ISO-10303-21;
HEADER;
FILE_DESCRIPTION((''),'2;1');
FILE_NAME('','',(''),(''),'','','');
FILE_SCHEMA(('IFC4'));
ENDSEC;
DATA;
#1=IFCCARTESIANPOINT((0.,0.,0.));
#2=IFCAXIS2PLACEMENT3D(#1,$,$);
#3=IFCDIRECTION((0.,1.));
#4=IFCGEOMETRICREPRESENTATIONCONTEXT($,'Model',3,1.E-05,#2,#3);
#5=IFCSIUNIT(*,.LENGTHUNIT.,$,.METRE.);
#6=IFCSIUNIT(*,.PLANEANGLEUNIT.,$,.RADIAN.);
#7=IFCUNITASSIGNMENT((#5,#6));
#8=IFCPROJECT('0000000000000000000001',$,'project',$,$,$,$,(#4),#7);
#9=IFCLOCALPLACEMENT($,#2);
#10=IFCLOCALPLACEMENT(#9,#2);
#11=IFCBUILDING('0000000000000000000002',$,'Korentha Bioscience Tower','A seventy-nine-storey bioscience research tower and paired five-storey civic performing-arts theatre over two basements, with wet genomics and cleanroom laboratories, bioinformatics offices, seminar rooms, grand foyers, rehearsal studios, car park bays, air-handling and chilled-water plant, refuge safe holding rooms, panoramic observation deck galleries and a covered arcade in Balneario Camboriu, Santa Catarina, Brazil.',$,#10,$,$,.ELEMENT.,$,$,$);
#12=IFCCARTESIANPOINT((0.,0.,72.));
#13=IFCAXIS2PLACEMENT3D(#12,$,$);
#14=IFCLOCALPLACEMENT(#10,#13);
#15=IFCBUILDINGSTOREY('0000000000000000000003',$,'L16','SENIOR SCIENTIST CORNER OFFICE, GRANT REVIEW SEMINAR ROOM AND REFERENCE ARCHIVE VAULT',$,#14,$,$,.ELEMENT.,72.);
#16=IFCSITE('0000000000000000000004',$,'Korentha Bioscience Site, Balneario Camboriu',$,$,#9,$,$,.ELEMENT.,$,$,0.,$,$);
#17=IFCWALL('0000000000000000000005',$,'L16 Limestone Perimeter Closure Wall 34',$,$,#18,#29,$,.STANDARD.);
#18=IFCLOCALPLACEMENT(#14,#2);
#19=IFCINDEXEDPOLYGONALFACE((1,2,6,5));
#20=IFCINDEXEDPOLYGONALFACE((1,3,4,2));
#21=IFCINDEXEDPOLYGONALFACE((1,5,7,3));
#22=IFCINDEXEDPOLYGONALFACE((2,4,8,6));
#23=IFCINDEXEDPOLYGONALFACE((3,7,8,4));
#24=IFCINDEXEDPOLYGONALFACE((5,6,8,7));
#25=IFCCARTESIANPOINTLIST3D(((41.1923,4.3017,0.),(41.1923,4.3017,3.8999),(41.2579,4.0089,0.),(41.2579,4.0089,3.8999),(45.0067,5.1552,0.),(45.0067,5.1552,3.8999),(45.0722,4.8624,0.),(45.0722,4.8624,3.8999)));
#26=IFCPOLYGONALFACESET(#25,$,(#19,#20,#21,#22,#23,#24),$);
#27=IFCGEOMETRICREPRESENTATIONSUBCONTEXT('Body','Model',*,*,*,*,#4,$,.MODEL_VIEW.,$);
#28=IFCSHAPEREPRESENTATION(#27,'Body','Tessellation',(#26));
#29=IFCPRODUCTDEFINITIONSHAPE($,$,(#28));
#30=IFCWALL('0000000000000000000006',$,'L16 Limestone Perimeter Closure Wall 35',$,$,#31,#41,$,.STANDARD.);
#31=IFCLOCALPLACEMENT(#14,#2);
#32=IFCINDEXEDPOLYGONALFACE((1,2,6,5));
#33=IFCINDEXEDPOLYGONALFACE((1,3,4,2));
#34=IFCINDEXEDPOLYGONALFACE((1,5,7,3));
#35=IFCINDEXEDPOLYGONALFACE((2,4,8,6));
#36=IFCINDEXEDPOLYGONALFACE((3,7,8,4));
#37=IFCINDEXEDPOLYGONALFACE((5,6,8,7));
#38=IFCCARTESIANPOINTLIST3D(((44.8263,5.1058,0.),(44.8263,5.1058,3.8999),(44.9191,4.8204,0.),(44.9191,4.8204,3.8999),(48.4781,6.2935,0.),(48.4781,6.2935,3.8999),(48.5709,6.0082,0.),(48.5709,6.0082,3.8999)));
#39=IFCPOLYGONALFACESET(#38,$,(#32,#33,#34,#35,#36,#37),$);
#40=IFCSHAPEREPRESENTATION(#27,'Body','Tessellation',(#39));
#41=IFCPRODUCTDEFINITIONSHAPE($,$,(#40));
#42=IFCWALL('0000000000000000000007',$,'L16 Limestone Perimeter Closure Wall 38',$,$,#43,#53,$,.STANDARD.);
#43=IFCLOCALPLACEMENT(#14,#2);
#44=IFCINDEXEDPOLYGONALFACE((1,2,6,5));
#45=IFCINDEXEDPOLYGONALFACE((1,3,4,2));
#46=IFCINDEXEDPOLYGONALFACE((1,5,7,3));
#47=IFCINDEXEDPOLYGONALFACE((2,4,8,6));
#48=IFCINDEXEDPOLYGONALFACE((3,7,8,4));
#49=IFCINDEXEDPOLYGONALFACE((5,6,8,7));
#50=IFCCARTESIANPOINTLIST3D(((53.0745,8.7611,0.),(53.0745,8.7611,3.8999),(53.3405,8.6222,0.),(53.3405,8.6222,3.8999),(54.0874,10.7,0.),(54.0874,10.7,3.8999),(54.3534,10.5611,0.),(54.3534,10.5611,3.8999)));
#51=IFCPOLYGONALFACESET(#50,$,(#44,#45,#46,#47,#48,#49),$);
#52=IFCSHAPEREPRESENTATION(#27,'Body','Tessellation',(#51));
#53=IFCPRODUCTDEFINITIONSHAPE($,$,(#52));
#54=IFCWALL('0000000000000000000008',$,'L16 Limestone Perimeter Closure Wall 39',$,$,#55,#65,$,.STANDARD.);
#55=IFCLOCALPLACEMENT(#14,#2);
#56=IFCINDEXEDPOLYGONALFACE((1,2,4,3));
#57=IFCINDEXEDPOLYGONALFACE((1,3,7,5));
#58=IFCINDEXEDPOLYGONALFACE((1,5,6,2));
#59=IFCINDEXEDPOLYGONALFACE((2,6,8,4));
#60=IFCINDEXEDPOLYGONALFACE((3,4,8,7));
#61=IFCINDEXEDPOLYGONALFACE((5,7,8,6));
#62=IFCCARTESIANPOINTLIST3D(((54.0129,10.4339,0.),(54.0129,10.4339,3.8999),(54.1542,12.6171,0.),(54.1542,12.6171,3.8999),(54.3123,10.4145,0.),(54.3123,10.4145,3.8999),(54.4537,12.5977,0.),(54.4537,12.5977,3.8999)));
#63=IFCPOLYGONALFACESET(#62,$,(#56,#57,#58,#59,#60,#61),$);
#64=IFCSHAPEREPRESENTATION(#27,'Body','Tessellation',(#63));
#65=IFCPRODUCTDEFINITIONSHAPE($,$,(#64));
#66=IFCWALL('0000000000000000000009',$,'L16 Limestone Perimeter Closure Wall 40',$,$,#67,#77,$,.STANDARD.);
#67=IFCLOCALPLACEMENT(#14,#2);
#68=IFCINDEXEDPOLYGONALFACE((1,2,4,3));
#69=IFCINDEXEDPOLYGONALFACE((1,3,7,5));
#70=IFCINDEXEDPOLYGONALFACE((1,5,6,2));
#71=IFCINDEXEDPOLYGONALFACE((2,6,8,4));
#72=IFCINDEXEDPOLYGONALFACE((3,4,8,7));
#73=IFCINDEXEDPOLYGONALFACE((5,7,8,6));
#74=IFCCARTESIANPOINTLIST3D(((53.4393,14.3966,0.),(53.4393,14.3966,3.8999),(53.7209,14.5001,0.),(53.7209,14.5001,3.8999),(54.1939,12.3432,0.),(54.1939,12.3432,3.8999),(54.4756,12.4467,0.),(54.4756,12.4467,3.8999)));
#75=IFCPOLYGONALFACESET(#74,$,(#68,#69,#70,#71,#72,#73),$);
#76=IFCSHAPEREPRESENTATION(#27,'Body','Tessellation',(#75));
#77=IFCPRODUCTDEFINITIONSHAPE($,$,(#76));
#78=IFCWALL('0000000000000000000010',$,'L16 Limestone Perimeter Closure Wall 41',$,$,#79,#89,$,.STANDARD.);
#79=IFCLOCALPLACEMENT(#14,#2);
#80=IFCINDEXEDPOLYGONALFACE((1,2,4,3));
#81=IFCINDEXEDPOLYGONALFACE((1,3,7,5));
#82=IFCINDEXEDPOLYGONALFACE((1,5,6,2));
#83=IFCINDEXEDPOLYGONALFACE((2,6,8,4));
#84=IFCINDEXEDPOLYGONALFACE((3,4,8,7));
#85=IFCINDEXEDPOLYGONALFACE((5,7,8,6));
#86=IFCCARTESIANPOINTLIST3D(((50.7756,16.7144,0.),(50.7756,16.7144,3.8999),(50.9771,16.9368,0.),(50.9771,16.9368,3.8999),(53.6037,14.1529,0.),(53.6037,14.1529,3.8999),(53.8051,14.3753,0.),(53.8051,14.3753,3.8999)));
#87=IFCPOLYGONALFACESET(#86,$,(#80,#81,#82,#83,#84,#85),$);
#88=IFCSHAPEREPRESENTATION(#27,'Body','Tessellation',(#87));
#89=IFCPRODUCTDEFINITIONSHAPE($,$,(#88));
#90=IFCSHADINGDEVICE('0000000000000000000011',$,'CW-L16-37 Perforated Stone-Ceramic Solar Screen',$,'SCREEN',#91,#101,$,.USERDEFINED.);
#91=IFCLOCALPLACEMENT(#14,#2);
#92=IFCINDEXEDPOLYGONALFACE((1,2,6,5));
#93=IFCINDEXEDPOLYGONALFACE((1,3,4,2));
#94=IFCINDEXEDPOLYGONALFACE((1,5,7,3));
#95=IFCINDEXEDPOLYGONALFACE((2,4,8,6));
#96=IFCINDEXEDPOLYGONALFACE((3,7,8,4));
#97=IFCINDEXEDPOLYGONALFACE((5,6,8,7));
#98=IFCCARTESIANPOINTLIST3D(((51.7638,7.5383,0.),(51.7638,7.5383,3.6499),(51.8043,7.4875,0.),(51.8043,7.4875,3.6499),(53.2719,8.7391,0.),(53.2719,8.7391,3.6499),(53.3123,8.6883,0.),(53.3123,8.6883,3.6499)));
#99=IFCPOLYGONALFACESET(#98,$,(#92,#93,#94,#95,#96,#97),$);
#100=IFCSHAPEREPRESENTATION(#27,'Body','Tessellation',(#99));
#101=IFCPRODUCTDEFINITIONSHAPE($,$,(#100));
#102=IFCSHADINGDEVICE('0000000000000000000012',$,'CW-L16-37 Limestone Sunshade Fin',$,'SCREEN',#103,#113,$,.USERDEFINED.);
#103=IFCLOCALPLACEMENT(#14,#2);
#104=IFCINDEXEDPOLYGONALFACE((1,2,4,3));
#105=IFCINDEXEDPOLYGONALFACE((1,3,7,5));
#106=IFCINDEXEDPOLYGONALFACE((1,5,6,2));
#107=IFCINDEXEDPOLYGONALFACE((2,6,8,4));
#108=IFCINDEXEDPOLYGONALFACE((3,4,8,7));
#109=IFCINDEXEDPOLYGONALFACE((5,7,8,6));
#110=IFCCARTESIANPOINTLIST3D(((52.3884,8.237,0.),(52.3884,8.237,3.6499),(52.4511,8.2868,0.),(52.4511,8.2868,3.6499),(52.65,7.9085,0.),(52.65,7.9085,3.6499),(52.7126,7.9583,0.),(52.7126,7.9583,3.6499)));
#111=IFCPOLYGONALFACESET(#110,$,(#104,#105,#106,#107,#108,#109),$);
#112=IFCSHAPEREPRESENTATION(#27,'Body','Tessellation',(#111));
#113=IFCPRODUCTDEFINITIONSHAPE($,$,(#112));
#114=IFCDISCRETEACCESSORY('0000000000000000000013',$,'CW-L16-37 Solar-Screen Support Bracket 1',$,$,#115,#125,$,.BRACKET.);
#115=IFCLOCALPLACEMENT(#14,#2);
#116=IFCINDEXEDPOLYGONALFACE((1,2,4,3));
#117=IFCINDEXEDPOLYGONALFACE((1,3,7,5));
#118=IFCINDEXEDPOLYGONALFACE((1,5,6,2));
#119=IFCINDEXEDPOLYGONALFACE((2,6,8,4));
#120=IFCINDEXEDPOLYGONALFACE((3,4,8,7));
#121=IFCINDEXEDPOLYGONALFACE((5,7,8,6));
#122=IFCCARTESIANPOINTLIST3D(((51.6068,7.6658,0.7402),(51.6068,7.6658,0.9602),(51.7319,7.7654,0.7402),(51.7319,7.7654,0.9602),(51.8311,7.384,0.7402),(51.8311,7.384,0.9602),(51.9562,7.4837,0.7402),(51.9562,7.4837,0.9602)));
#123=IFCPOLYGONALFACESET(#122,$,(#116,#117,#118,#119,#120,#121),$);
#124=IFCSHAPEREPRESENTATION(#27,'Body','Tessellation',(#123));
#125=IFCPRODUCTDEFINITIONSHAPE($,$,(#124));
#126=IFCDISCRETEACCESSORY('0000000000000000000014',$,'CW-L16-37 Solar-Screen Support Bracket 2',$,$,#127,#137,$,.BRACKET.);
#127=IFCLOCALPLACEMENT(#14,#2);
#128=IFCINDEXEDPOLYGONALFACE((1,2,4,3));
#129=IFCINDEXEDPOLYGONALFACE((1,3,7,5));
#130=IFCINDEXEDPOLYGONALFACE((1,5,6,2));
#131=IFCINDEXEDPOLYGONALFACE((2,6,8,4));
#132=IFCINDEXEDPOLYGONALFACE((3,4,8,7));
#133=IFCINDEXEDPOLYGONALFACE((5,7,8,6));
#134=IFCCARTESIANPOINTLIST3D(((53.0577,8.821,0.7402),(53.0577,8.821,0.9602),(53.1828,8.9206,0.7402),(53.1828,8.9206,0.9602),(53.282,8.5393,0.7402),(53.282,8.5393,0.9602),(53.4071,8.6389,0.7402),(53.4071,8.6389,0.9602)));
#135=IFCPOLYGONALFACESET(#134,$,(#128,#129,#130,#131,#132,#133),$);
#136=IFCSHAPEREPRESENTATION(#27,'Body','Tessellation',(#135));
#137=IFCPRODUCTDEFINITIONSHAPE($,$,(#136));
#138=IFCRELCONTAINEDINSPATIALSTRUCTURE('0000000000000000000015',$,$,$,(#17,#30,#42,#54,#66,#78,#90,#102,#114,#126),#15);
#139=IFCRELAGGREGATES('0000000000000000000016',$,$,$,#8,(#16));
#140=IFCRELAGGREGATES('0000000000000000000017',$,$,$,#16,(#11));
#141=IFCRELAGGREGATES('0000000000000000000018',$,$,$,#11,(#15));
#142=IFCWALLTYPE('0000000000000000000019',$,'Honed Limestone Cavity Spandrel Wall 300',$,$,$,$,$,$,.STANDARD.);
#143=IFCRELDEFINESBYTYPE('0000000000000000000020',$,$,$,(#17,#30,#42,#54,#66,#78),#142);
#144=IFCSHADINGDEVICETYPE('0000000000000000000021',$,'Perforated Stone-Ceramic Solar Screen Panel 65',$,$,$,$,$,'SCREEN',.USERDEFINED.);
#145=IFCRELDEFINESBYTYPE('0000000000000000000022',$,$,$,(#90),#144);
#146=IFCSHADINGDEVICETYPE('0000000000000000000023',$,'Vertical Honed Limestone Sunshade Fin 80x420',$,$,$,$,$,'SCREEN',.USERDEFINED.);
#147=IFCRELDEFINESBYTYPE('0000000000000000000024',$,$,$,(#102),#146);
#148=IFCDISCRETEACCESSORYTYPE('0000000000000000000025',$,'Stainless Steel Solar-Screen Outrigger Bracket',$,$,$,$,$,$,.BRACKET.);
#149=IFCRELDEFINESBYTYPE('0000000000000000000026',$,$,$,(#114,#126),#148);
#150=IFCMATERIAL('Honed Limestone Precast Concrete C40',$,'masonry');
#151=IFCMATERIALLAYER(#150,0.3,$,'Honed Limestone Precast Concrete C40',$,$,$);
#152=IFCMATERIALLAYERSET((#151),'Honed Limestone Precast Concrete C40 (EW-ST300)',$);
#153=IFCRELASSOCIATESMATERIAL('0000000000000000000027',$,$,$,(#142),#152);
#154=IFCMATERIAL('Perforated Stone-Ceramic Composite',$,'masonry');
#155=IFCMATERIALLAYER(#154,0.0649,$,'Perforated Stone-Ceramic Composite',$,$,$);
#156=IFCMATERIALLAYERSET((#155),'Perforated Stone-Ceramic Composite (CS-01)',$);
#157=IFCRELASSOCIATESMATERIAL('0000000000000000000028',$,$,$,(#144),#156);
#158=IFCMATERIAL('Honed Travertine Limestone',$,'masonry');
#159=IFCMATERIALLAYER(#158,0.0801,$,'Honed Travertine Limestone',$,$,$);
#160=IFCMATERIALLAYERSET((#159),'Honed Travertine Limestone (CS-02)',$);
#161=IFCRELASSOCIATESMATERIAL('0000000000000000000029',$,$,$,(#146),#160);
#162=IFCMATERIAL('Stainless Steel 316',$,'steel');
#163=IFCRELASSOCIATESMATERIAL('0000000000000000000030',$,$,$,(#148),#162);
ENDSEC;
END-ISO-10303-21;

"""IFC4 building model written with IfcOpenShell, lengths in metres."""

from ifc_helpers import new_model, si_unit, direction, frame, frame_2d, origin, origin_2d, place, context, subcontext, project, spatial, rectangle, extrude, material, layer, layer_set, type_object, element, save


model = new_model("IFC4")

# Units and contexts
model_context = context("Model", 3, precision=1e-05, world=origin(), true_north=direction((0.0, 1.0)))
body_context = subcontext(model_context, "Body", "Model", "MODEL_VIEW")
ifc_project = project(units=[si_unit("LENGTHUNIT", "METRE"), si_unit("PLANEANGLEUNIT", "RADIAN")], contexts=[model_context])

# Site, building, storey
site_placement = place(None, origin())
site = spatial("IfcSite", under=ifc_project, at=site_placement, Name="Korentha Bioscience Site, Balneario Camboriu", CompositionType="ELEMENT", RefElevation=0.0)
building_placement = place(site_placement, origin())
building = spatial("IfcBuilding", under=site, at=building_placement, Name="Korentha Bioscience Tower", Description="A seventy-nine-storey bioscience research tower and paired five-storey civic performing-arts theatre over two basements, with wet genomics and cleanroom laboratories, bioinformatics offices, seminar rooms, grand foyers, rehearsal studios, car park bays, air-handling and chilled-water plant, refuge safe holding rooms, panoramic observation deck galleries and a covered arcade in Balneario Camboriu, Santa Catarina, Brazil.", CompositionType="ELEMENT")
storey_placement = place(building_placement, frame((0.0, 0.0, 72.0)))
storey = spatial("IfcBuildingStorey", under=building, at=storey_placement, Name="L16", Description="SENIOR SCIENTIST CORNER OFFICE, GRANT REVIEW SEMINAR ROOM AND REFERENCE ARCHIVE VAULT", CompositionType="ELEMENT", Elevation=72.0)

# Shared definitions
ifc_material_1 = material(Name="Honed Limestone Precast Concrete C40", Category="masonry")
ifc_layer_1 = layer(ifc_material_1, 0.3, Name="Honed Limestone Precast Concrete C40")
ifc_layer_set_1 = layer_set([ifc_layer_1], Name="Honed Limestone Precast Concrete C40 (EW-ST300)")
wall_type_1 = type_object("IfcWallType", Name="Honed Limestone Cavity Spandrel Wall 300", PredefinedType="STANDARD", material=ifc_layer_set_1)

# Walls
wall_1_placement = place(storey_placement, frame((41.2251, 4.1553, 0.0), z_axis=(0.0, 0.0, 1.0), x_axis=(0.975869, 0.218359, 0.0)))
element("IfcWall", 1, at=wall_1_placement, inside=storey, type_object=wall_type_1, Name="L16 Limestone Perimeter Closure Wall 34", PredefinedType="STANDARD", context=body_context, shape_type="SweptSolid", body=[
    extrude(rectangle(XDim=3.9087, YDim=0.3, at=frame_2d((1.9543, 0.0))), origin(), (0.0, 0.0, 1.0), 3.8999),
])
wall_2_placement = place(storey_placement, frame((44.8728, 4.9631, 0.0), z_axis=(0.0, 0.0, 1.0), x_axis=(0.950966, 0.309296, 0.0)))
element("IfcWall", 2, at=wall_2_placement, inside=storey, type_object=wall_type_1, Name="L16 Limestone Perimeter Closure Wall 35", PredefinedType="STANDARD", context=body_context, shape_type="SweptSolid", body=[
    extrude(rectangle(XDim=3.8401, YDim=0.3, at=frame_2d((1.9199, 0.0))), origin(), (0.0, 0.0, 1.0), 3.8999),
])
wall_3_placement = place(storey_placement, frame((53.2075, 8.6917, 0.0), z_axis=(0.0, 0.0, 1.0), x_axis=(0.463035, 0.88634, 0.0)))
element("IfcWall", 3, at=wall_3_placement, inside=storey, type_object=wall_type_1, Name="L16 Limestone Perimeter Closure Wall 38", PredefinedType="STANDARD", context=body_context, shape_type="SweptSolid", body=[
    extrude(rectangle(XDim=2.1875, YDim=0.3, at=frame_2d((1.0938, 0.0))), origin(), (0.0, 0.0, 1.0), 3.8999),
])
for number, where, z_axis, x_axis, name in (
    (4, (54.1626, 10.4243, 0.0), (0.0, 0.0, 1.0), (0.064615, 0.99791, 0.0), "L16 Limestone Perimeter Closure Wall 39"),
    (5, (54.3347, 12.395, 0.0), (0.0, 0.0, 1.0), (-0.34494, 0.938625, 0.0), "L16 Limestone Perimeter Closure Wall 40"),
):
    element("IfcWall", number, at=place(storey_placement, frame(where, z_axis=z_axis, x_axis=x_axis)), inside=storey, type_object=wall_type_1, Name=name, PredefinedType="STANDARD", context=body_context, shape_type="SweptSolid", body=[
        extrude(rectangle(XDim=2.1877, YDim=0.3, at=frame_2d((1.0938, 0.0))), origin(), (0.0, 0.0, 1.0), 3.8999),
    ])
wall_4_placement = place(storey_placement, frame((53.7043, 14.2642, 0.0), z_axis=(0.0, 0.0, 1.0), x_axis=(-0.741178, 0.671309, 0.0)))
element("IfcWall", 6, at=wall_4_placement, inside=storey, type_object=wall_type_1, Name="L16 Limestone Perimeter Closure Wall 41", PredefinedType="STANDARD", context=body_context, shape_type="SweptSolid", body=[
    extrude(rectangle(XDim=3.8157, YDim=0.3, at=frame_2d((1.9077, 0.0))), origin(), (0.0, 0.0, 1.0), 3.8999),
])

# Shading devices
ifc_material_2 = material(Name="Perforated Stone-Ceramic Composite", Category="masonry")
ifc_layer_2 = layer(ifc_material_2, 0.0649, Name="Perforated Stone-Ceramic Composite")
ifc_layer_set_2 = layer_set([ifc_layer_2], Name="Perforated Stone-Ceramic Composite (CS-01)")
shading_device_type_1 = type_object("IfcShadingDeviceType", Name="Perforated Stone-Ceramic Solar Screen Panel 65", ElementType="SCREEN", PredefinedType="USERDEFINED", material=ifc_layer_set_2)
shading_device_1_placement = place(storey_placement, frame((52.5381, 8.1133, 0.0), z_axis=(0.0, 0.0, 1.0), x_axis=(0.782288, 0.622917, 0.0)))
element("IfcShadingDevice", 7, at=shading_device_1_placement, inside=storey, type_object=shading_device_type_1, Name="CW-L16-37 Perforated Stone-Ceramic Solar Screen", ObjectType="SCREEN", PredefinedType="USERDEFINED", context=body_context, shape_type="SweptSolid", body=[
    extrude(rectangle(XDim=1.9277, YDim=0.0649, at=origin_2d()), origin(), (0.0, 0.0, 1.0), 3.6499),
])
ifc_material_3 = material(Name="Honed Travertine Limestone", Category="masonry")
ifc_layer_3 = layer(ifc_material_3, 0.0801, Name="Honed Travertine Limestone")
ifc_layer_set_3 = layer_set([ifc_layer_3], Name="Honed Travertine Limestone (CS-02)")
shading_device_type_2 = type_object("IfcShadingDeviceType", Name="Vertical Honed Limestone Sunshade Fin 80x420", ElementType="SCREEN", PredefinedType="USERDEFINED", material=ifc_layer_set_3)
shading_device_2_placement = place(storey_placement, frame((52.5505, 8.0977, 0.0), z_axis=(0.0, 0.0, 1.0), x_axis=(0.782288, 0.622917, 0.0)))
element("IfcShadingDevice", 8, at=shading_device_2_placement, inside=storey, type_object=shading_device_type_2, Name="CW-L16-37 Limestone Sunshade Fin", ObjectType="SCREEN", PredefinedType="USERDEFINED", context=body_context, shape_type="SweptSolid", body=[
    extrude(rectangle(XDim=0.0801, YDim=0.4199, at=origin_2d()), origin(), (0.0, 0.0, 1.0), 3.6499),
])

# Discrete accessories
ifc_material_4 = material(Name="Stainless Steel 316", Category="steel")
discrete_accessory_type = type_object("IfcDiscreteAccessoryType", Name="Stainless Steel Solar-Screen Outrigger Bracket", PredefinedType="BRACKET", material=ifc_material_4)
for number, where, z_axis, x_axis, name in (
    (9, (51.7815, 7.5747, 0.7402), (0.0, 0.0, 1.0), (0.782288, 0.622917, 0.0), "CW-L16-37 Solar-Screen Support Bracket 1"),
    (10, (53.2324, 8.73, 0.7402), (0.0, 0.0, 1.0), (0.782288, 0.622917, 0.0), "CW-L16-37 Solar-Screen Support Bracket 2"),
):
    element("IfcDiscreteAccessory", number, at=place(storey_placement, frame(where, z_axis=z_axis, x_axis=x_axis)), inside=storey, type_object=discrete_accessory_type, Name=name, PredefinedType="BRACKET", context=body_context, shape_type="SweptSolid", body=[
        extrude(rectangle(XDim=0.1599, YDim=0.3601, at=origin_2d()), origin(), (0.0, 0.0, 1.0), 0.22),
    ])

save(model, "model.ifc")
